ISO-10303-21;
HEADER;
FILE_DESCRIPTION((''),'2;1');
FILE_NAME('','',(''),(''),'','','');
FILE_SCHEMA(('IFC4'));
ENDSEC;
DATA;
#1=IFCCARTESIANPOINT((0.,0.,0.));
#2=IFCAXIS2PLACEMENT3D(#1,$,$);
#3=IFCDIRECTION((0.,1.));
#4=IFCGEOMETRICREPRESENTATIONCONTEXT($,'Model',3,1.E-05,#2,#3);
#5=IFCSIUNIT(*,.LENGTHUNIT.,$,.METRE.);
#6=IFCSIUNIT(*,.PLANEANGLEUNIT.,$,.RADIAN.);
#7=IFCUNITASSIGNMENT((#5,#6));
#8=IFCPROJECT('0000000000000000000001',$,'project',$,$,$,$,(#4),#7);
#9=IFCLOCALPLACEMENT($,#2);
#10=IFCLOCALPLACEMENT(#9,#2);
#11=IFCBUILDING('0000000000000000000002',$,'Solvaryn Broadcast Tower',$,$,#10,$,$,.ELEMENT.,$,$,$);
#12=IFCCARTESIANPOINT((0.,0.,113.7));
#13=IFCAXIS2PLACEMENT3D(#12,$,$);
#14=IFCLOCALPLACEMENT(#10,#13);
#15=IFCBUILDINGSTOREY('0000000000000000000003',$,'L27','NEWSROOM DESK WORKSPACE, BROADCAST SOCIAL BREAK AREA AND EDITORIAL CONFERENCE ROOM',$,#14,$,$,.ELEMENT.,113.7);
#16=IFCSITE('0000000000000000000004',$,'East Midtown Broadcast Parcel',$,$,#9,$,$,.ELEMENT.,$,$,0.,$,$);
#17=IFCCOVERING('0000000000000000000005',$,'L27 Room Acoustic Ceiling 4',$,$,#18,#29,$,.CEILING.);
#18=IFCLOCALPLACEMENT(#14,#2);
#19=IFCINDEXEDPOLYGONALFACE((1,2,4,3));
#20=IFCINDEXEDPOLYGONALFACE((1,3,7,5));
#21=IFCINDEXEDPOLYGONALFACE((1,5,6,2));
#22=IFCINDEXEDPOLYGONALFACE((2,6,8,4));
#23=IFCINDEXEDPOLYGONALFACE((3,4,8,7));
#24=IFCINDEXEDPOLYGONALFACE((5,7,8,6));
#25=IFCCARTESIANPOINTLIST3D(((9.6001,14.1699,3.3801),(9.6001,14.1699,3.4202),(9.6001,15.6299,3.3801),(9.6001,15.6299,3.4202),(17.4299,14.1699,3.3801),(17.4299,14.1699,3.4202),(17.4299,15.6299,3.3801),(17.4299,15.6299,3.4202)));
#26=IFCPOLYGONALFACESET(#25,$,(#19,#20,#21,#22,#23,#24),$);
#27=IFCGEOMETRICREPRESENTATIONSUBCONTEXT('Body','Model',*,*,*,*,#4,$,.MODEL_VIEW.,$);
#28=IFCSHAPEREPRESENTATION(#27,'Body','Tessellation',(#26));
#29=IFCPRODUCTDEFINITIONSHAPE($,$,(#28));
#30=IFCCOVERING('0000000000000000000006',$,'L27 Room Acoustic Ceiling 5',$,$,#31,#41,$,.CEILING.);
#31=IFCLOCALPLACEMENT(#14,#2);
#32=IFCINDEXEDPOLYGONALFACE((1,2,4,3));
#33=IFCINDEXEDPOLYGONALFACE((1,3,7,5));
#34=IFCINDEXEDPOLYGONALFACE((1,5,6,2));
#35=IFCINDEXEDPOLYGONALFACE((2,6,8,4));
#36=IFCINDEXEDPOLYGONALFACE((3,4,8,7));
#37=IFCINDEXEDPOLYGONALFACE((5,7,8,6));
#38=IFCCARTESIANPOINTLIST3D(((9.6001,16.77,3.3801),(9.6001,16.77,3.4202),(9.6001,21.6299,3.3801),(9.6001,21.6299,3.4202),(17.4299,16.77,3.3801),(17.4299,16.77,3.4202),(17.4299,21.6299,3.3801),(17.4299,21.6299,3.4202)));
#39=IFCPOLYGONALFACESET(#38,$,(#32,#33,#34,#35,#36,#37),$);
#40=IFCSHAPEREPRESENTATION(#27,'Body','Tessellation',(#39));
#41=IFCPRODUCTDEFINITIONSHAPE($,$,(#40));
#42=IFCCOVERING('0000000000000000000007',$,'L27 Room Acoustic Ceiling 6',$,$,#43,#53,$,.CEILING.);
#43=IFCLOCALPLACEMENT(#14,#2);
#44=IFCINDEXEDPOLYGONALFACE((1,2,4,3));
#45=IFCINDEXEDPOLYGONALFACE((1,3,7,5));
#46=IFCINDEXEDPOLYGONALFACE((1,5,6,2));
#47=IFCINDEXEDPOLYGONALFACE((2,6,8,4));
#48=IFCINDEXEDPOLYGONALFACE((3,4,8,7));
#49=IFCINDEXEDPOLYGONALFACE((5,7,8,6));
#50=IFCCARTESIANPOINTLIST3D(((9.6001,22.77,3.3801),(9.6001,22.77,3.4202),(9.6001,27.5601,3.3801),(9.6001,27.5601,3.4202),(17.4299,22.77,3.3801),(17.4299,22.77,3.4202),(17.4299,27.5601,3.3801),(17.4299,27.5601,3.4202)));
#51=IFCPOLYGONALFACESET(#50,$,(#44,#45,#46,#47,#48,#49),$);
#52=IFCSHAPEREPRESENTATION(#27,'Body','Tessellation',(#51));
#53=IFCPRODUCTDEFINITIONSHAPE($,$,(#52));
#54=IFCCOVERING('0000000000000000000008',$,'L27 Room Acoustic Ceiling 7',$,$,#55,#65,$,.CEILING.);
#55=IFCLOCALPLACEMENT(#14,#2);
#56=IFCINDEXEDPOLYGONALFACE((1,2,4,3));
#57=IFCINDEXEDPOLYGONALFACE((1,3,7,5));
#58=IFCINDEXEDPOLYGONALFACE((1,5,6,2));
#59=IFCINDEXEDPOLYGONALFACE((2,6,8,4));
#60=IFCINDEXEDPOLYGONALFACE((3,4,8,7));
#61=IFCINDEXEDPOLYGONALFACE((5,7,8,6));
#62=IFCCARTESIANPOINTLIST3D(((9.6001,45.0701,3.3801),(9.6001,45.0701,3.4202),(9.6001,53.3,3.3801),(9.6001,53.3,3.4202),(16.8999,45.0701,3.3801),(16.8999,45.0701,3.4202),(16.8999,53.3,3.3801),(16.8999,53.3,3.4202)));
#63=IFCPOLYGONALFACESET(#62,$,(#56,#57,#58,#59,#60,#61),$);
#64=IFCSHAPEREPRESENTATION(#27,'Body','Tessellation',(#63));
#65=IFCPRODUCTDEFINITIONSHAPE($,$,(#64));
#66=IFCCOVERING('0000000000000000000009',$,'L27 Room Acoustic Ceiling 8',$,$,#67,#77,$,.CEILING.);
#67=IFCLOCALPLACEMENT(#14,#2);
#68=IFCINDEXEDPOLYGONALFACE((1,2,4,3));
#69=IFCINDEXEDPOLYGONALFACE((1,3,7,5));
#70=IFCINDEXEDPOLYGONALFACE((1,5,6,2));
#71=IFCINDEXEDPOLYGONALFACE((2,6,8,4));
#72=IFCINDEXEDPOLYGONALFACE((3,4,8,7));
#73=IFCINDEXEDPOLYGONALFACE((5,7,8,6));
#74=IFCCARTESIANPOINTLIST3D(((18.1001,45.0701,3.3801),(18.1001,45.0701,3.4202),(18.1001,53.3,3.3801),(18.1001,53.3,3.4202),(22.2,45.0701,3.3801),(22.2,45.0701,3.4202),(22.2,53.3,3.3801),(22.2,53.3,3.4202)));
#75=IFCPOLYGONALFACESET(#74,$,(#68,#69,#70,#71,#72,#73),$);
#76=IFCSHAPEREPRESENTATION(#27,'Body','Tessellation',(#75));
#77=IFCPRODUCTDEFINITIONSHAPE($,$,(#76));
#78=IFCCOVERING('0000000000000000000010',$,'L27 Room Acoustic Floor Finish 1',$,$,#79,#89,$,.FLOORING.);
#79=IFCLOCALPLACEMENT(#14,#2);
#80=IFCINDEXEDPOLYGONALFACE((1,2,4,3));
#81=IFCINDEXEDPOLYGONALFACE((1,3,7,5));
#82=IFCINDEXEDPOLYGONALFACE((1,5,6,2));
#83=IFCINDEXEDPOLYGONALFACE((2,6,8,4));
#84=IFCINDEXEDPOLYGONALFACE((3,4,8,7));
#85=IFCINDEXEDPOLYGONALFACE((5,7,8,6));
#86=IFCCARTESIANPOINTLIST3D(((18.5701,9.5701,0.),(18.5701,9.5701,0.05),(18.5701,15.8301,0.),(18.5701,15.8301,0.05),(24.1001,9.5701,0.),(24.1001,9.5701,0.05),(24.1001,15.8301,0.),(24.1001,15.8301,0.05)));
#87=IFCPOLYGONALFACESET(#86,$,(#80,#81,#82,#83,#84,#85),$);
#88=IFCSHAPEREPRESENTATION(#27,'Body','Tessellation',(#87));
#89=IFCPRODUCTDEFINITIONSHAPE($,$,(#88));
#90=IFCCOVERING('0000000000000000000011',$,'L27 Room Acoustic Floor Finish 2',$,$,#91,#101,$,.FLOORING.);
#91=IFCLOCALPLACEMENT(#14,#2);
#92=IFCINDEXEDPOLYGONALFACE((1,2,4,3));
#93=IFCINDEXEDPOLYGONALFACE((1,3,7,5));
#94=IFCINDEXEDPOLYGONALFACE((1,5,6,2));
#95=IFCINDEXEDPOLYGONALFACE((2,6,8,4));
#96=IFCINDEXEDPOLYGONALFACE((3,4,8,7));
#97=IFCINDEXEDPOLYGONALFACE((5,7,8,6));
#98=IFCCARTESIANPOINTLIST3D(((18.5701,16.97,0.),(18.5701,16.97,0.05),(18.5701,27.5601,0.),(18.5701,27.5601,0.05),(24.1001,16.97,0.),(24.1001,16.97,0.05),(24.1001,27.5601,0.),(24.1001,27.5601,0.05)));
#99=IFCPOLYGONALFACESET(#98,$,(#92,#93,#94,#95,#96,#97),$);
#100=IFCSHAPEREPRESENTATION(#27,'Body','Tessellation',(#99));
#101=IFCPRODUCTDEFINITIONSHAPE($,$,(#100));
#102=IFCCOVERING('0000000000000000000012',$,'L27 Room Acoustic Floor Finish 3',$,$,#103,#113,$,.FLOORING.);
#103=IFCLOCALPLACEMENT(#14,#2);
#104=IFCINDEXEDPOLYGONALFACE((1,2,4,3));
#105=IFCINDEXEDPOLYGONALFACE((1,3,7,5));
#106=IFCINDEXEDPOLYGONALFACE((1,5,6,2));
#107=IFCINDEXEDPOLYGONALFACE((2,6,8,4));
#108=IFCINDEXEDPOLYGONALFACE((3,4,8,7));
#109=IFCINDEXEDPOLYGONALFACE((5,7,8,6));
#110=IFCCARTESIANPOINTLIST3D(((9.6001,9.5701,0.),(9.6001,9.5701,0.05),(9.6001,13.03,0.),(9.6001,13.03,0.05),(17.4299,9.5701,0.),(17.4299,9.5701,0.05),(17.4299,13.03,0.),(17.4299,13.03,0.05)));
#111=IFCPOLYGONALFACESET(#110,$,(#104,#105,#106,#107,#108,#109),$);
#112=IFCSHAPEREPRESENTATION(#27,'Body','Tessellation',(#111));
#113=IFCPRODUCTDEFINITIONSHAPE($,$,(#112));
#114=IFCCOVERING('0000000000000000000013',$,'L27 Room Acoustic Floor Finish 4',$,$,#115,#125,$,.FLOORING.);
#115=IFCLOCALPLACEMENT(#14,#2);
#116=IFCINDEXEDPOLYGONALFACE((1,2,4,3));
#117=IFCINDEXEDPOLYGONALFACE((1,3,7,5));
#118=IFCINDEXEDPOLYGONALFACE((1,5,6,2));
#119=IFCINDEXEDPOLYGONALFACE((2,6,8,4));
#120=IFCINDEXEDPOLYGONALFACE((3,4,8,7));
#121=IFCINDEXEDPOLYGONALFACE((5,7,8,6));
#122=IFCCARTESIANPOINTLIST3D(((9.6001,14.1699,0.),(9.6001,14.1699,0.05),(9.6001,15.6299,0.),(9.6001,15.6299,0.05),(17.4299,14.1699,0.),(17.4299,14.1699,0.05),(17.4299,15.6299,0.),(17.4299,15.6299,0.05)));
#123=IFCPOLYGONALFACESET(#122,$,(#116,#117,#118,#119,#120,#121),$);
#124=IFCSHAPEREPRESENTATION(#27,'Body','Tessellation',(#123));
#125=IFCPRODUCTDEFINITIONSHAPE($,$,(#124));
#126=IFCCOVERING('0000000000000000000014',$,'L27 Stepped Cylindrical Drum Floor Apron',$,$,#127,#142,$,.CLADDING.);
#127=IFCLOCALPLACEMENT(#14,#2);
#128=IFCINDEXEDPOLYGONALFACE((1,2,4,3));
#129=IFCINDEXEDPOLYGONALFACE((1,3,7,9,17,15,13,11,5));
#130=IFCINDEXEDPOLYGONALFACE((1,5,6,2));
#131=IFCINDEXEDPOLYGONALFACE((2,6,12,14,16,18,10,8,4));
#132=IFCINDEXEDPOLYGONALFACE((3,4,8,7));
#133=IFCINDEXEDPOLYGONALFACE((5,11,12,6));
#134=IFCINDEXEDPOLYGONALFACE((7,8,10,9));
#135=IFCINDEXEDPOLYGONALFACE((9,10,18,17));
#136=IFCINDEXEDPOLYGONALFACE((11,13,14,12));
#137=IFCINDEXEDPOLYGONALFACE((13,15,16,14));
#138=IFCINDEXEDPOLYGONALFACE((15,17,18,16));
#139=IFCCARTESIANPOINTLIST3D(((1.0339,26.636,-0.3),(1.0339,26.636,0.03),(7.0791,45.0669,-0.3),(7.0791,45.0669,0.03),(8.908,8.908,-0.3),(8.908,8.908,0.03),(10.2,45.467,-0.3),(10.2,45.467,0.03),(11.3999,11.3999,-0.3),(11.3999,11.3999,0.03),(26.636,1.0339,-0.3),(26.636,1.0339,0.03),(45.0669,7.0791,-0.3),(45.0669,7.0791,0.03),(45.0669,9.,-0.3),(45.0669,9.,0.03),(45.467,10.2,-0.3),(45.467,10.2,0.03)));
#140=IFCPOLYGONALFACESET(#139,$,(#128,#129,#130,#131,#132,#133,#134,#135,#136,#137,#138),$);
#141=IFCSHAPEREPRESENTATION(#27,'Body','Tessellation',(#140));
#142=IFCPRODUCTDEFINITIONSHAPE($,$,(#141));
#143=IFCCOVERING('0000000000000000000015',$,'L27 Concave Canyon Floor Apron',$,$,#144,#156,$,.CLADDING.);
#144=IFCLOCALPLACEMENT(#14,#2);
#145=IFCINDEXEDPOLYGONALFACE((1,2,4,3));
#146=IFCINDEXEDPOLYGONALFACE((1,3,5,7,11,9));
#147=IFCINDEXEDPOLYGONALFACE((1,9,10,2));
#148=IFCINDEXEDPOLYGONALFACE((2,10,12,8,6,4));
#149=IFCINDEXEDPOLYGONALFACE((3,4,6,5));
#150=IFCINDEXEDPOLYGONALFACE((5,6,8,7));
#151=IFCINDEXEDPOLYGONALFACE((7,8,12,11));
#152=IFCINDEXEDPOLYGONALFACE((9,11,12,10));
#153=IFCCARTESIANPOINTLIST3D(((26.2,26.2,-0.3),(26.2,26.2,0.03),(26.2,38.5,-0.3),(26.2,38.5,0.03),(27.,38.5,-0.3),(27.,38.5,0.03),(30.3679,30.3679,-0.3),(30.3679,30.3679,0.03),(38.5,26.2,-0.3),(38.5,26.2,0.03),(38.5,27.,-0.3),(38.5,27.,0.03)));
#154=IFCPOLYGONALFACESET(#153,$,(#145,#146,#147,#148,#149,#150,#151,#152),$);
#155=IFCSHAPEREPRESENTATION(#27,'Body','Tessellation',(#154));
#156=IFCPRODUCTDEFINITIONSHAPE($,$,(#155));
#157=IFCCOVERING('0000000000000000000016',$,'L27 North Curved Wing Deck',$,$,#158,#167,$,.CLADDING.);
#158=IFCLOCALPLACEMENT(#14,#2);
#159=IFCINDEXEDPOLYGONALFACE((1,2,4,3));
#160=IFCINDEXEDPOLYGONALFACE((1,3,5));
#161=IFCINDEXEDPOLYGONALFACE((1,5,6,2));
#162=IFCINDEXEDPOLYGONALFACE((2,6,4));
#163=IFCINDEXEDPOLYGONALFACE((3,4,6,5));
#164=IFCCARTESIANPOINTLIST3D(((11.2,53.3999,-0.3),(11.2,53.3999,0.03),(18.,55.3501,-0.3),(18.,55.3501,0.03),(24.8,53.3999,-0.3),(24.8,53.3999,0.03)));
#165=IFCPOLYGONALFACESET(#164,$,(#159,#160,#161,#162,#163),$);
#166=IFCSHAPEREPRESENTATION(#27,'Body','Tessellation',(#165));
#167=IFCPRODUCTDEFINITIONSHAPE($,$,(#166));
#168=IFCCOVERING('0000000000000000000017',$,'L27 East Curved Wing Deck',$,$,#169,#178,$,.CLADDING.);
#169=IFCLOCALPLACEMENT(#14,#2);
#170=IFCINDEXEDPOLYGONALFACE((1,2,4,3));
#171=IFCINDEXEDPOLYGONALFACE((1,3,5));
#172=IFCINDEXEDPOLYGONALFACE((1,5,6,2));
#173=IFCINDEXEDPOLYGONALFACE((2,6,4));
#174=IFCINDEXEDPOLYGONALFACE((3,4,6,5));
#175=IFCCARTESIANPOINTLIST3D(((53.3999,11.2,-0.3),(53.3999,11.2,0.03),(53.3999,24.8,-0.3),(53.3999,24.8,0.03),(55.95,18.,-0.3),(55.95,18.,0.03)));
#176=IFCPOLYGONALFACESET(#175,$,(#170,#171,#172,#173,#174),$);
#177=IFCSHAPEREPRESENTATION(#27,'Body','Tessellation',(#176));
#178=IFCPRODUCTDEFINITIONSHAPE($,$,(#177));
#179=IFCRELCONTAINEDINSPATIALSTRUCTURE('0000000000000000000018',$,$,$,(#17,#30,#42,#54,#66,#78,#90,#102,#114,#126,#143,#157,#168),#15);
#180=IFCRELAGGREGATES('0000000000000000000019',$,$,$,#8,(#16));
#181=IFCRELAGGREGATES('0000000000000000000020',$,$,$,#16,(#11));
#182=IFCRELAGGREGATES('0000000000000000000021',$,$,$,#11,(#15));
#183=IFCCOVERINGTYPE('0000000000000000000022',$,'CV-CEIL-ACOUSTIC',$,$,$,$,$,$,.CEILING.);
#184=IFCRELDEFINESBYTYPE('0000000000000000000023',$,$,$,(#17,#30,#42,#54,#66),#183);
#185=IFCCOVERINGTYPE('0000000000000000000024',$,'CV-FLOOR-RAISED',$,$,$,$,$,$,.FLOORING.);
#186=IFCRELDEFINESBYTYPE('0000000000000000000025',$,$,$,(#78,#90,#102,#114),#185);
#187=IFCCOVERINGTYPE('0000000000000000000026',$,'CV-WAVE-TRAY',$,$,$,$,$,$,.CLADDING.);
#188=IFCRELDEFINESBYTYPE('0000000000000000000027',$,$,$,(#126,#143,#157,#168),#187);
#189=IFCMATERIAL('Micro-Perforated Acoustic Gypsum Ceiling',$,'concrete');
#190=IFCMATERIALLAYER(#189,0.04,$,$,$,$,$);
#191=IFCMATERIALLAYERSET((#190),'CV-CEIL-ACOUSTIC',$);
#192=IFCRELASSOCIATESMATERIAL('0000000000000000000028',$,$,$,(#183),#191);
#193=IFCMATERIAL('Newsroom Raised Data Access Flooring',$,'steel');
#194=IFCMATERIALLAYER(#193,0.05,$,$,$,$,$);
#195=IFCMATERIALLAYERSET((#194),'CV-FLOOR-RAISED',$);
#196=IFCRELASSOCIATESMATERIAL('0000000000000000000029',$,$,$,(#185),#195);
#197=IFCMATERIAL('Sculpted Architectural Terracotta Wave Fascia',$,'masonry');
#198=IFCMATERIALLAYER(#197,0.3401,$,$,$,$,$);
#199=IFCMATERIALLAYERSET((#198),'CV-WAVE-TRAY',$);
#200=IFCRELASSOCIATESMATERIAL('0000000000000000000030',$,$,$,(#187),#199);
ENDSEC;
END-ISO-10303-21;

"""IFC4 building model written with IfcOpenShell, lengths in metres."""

from ifc_helpers import new_model, si_unit, direction, frame, origin, place, context, subcontext, project, spatial, polyline, outline, extrude, material, layer, layer_set, type_object, element, save


model = new_model("IFC4")

# Units and contexts
model_context = context("Model", 3, precision=1e-05, world=origin(), true_north=direction((0.0, 1.0)))
body_context = subcontext(model_context, "Body", "Model", "MODEL_VIEW")
ifc_project = project(units=[si_unit("LENGTHUNIT", "METRE"), si_unit("PLANEANGLEUNIT", "RADIAN")], contexts=[model_context])

# Site, building, storey
site_placement = place(None, origin())
site = spatial("IfcSite", under=ifc_project, at=site_placement, Name="East Midtown Broadcast Parcel", CompositionType="ELEMENT", RefElevation=0.0)
building_placement = place(site_placement, origin())
building = spatial("IfcBuilding", under=site, at=building_placement, Name="Solvaryn Broadcast Tower", CompositionType="ELEMENT")
storey_placement = place(building_placement, frame((0.0, 0.0, 113.7)))
storey = spatial("IfcBuildingStorey", under=building, at=storey_placement, Name="L27", Description="NEWSROOM DESK WORKSPACE, BROADCAST SOCIAL BREAK AREA AND EDITORIAL CONFERENCE ROOM", CompositionType="ELEMENT", Elevation=113.7)

# Coverings
ifc_material_1 = material(Name="Micro-Perforated Acoustic Gypsum Ceiling", Category="concrete")
ifc_layer_1 = layer(ifc_material_1, 0.04)
ifc_layer_set_1 = layer_set([ifc_layer_1], Name="CV-CEIL-ACOUSTIC")
covering_type_1 = type_object("IfcCoveringType", Name="CV-CEIL-ACOUSTIC", PredefinedType="CEILING", material=ifc_layer_set_1)
covering_1_placement = place(storey_placement, frame((0.0, 0.0, 3.3801)))
element("IfcCovering", 1, at=covering_1_placement, inside=storey, type_object=covering_type_1, Name="L27 Room Acoustic Ceiling 4", PredefinedType="CEILING", context=body_context, shape_type="SweptSolid", body=[
    extrude(outline(polyline([(9.6001, 14.1699), (17.4299, 14.1699), (17.4299, 15.6299), (9.6001, 15.6299), (9.6001, 14.1699)])), origin(), (0.0, 0.0, 1.0), 0.04),
])
covering_2_placement = place(storey_placement, frame((0.0, 0.0, 3.3801)))
element("IfcCovering", 2, at=covering_2_placement, inside=storey, type_object=covering_type_1, Name="L27 Room Acoustic Ceiling 5", PredefinedType="CEILING", context=body_context, shape_type="SweptSolid", body=[
    extrude(outline(polyline([(9.6001, 16.77), (17.4299, 16.77), (17.4299, 21.6299), (9.6001, 21.6299), (9.6001, 16.77)])), origin(), (0.0, 0.0, 1.0), 0.04),
])
covering_3_placement = place(storey_placement, frame((0.0, 0.0, 3.3801)))
element("IfcCovering", 3, at=covering_3_placement, inside=storey, type_object=covering_type_1, Name="L27 Room Acoustic Ceiling 6", PredefinedType="CEILING", context=body_context, shape_type="SweptSolid", body=[
    extrude(outline(polyline([(9.6001, 22.77), (17.4299, 22.77), (17.4299, 27.5601), (9.6001, 27.5601), (9.6001, 22.77)])), origin(), (0.0, 0.0, 1.0), 0.04),
])
covering_4_placement = place(storey_placement, frame((0.0, 0.0, 3.3801)))
element("IfcCovering", 4, at=covering_4_placement, inside=storey, type_object=covering_type_1, Name="L27 Room Acoustic Ceiling 7", PredefinedType="CEILING", context=body_context, shape_type="SweptSolid", body=[
    extrude(outline(polyline([(9.6001, 45.0701), (16.8999, 45.0701), (16.8999, 53.3), (9.6001, 53.3), (9.6001, 45.0701)])), origin(), (0.0, 0.0, 1.0), 0.04),
])
covering_5_placement = place(storey_placement, frame((0.0, 0.0, 3.3801)))
element("IfcCovering", 5, at=covering_5_placement, inside=storey, type_object=covering_type_1, Name="L27 Room Acoustic Ceiling 8", PredefinedType="CEILING", context=body_context, shape_type="SweptSolid", body=[
    extrude(outline(polyline([(18.1001, 45.0701), (22.2, 45.0701), (22.2, 53.3), (18.1001, 53.3), (18.1001, 45.0701)])), origin(), (0.0, 0.0, 1.0), 0.04),
])
ifc_material_2 = material(Name="Newsroom Raised Data Access Flooring", Category="steel")
ifc_layer_2 = layer(ifc_material_2, 0.05)
ifc_layer_set_2 = layer_set([ifc_layer_2], Name="CV-FLOOR-RAISED")
covering_type_2 = type_object("IfcCoveringType", Name="CV-FLOOR-RAISED", PredefinedType="FLOORING", material=ifc_layer_set_2)
covering_6_placement = place(storey_placement, origin())
element("IfcCovering", 6, at=covering_6_placement, inside=storey, type_object=covering_type_2, Name="L27 Room Acoustic Floor Finish 1", PredefinedType="FLOORING", context=body_context, shape_type="SweptSolid", body=[
    extrude(outline(polyline([(18.5701, 9.5701), (24.1001, 9.5701), (24.1001, 15.8301), (18.5701, 15.8301), (18.5701, 9.5701)])), origin(), (0.0, 0.0, 1.0), 0.05),
])
covering_7_placement = place(storey_placement, origin())
element("IfcCovering", 7, at=covering_7_placement, inside=storey, type_object=covering_type_2, Name="L27 Room Acoustic Floor Finish 2", PredefinedType="FLOORING", context=body_context, shape_type="SweptSolid", body=[
    extrude(outline(polyline([(18.5701, 16.97), (24.1001, 16.97), (24.1001, 27.5601), (18.5701, 27.5601), (18.5701, 16.97)])), origin(), (0.0, 0.0, 1.0), 0.05),
])
covering_8_placement = place(storey_placement, origin())
element("IfcCovering", 8, at=covering_8_placement, inside=storey, type_object=covering_type_2, Name="L27 Room Acoustic Floor Finish 3", PredefinedType="FLOORING", context=body_context, shape_type="SweptSolid", body=[
    extrude(outline(polyline([(9.6001, 9.5701), (17.4299, 9.5701), (17.4299, 13.03), (9.6001, 13.03), (9.6001, 9.5701)])), origin(), (0.0, 0.0, 1.0), 0.05),
])
covering_9_placement = place(storey_placement, origin())
element("IfcCovering", 9, at=covering_9_placement, inside=storey, type_object=covering_type_2, Name="L27 Room Acoustic Floor Finish 4", PredefinedType="FLOORING", context=body_context, shape_type="SweptSolid", body=[
    extrude(outline(polyline([(9.6001, 14.1699), (17.4299, 14.1699), (17.4299, 15.6299), (9.6001, 15.6299), (9.6001, 14.1699)])), origin(), (0.0, 0.0, 1.0), 0.05),
])
ifc_material_3 = material(Name="Sculpted Architectural Terracotta Wave Fascia", Category="masonry")
ifc_layer_3 = layer(ifc_material_3, 0.3401)
ifc_layer_set_3 = layer_set([ifc_layer_3], Name="CV-WAVE-TRAY")
covering_type_3 = type_object("IfcCoveringType", Name="CV-WAVE-TRAY", PredefinedType="CLADDING", material=ifc_layer_set_3)
covering_10_placement = place(storey_placement, frame((0.0, 0.0, -0.3)))
element("IfcCovering", 10, at=covering_10_placement, inside=storey, type_object=covering_type_3, Name="L27 Stepped Cylindrical Drum Floor Apron", PredefinedType="CLADDING", context=body_context, shape_type="SweptSolid", body=[
    extrude(outline(polyline([(10.2, 45.467), (7.0791, 45.0669), (1.0339, 26.636), (8.908, 8.908), (26.636, 1.0339), (45.0669, 7.0791), (45.0669, 9.0), (45.467, 10.2), (11.3999, 11.3999), (10.2, 45.467)])), origin(), (0.0, 0.0, 1.0), 0.3301),
])
covering_11_placement = place(storey_placement, frame((0.0, 0.0, -0.3)))
element("IfcCovering", 11, at=covering_11_placement, inside=storey, type_object=covering_type_3, Name="L27 Concave Canyon Floor Apron", PredefinedType="CLADDING", context=body_context, shape_type="SweptSolid", body=[
    extrude(outline(polyline([(26.2, 26.2), (38.5, 26.2), (38.5, 27.0), (30.3679, 30.3679), (27.0, 38.5), (26.2, 38.5), (26.2, 26.2)])), origin(), (0.0, 0.0, 1.0), 0.3301),
])
covering_12_placement = place(storey_placement, frame((0.0, 0.0, -0.3)))
element("IfcCovering", 12, at=covering_12_placement, inside=storey, type_object=covering_type_3, Name="L27 North Curved Wing Deck", PredefinedType="CLADDING", context=body_context, shape_type="SweptSolid", body=[
    extrude(outline(polyline([(11.2, 53.3999), (24.8, 53.3999), (18.0, 55.3501), (11.2, 53.3999)])), origin(), (0.0, 0.0, 1.0), 0.3301),
])
covering_13_placement = place(storey_placement, frame((0.0, 0.0, -0.3)))
element("IfcCovering", 13, at=covering_13_placement, inside=storey, type_object=covering_type_3, Name="L27 East Curved Wing Deck", PredefinedType="CLADDING", context=body_context, shape_type="SweptSolid", body=[
    extrude(outline(polyline([(53.3999, 11.2), (55.95, 18.0), (53.3999, 24.8), (53.3999, 11.2)])), origin(), (0.0, 0.0, 1.0), 0.3301),
])

save(model, "model.ifc")
